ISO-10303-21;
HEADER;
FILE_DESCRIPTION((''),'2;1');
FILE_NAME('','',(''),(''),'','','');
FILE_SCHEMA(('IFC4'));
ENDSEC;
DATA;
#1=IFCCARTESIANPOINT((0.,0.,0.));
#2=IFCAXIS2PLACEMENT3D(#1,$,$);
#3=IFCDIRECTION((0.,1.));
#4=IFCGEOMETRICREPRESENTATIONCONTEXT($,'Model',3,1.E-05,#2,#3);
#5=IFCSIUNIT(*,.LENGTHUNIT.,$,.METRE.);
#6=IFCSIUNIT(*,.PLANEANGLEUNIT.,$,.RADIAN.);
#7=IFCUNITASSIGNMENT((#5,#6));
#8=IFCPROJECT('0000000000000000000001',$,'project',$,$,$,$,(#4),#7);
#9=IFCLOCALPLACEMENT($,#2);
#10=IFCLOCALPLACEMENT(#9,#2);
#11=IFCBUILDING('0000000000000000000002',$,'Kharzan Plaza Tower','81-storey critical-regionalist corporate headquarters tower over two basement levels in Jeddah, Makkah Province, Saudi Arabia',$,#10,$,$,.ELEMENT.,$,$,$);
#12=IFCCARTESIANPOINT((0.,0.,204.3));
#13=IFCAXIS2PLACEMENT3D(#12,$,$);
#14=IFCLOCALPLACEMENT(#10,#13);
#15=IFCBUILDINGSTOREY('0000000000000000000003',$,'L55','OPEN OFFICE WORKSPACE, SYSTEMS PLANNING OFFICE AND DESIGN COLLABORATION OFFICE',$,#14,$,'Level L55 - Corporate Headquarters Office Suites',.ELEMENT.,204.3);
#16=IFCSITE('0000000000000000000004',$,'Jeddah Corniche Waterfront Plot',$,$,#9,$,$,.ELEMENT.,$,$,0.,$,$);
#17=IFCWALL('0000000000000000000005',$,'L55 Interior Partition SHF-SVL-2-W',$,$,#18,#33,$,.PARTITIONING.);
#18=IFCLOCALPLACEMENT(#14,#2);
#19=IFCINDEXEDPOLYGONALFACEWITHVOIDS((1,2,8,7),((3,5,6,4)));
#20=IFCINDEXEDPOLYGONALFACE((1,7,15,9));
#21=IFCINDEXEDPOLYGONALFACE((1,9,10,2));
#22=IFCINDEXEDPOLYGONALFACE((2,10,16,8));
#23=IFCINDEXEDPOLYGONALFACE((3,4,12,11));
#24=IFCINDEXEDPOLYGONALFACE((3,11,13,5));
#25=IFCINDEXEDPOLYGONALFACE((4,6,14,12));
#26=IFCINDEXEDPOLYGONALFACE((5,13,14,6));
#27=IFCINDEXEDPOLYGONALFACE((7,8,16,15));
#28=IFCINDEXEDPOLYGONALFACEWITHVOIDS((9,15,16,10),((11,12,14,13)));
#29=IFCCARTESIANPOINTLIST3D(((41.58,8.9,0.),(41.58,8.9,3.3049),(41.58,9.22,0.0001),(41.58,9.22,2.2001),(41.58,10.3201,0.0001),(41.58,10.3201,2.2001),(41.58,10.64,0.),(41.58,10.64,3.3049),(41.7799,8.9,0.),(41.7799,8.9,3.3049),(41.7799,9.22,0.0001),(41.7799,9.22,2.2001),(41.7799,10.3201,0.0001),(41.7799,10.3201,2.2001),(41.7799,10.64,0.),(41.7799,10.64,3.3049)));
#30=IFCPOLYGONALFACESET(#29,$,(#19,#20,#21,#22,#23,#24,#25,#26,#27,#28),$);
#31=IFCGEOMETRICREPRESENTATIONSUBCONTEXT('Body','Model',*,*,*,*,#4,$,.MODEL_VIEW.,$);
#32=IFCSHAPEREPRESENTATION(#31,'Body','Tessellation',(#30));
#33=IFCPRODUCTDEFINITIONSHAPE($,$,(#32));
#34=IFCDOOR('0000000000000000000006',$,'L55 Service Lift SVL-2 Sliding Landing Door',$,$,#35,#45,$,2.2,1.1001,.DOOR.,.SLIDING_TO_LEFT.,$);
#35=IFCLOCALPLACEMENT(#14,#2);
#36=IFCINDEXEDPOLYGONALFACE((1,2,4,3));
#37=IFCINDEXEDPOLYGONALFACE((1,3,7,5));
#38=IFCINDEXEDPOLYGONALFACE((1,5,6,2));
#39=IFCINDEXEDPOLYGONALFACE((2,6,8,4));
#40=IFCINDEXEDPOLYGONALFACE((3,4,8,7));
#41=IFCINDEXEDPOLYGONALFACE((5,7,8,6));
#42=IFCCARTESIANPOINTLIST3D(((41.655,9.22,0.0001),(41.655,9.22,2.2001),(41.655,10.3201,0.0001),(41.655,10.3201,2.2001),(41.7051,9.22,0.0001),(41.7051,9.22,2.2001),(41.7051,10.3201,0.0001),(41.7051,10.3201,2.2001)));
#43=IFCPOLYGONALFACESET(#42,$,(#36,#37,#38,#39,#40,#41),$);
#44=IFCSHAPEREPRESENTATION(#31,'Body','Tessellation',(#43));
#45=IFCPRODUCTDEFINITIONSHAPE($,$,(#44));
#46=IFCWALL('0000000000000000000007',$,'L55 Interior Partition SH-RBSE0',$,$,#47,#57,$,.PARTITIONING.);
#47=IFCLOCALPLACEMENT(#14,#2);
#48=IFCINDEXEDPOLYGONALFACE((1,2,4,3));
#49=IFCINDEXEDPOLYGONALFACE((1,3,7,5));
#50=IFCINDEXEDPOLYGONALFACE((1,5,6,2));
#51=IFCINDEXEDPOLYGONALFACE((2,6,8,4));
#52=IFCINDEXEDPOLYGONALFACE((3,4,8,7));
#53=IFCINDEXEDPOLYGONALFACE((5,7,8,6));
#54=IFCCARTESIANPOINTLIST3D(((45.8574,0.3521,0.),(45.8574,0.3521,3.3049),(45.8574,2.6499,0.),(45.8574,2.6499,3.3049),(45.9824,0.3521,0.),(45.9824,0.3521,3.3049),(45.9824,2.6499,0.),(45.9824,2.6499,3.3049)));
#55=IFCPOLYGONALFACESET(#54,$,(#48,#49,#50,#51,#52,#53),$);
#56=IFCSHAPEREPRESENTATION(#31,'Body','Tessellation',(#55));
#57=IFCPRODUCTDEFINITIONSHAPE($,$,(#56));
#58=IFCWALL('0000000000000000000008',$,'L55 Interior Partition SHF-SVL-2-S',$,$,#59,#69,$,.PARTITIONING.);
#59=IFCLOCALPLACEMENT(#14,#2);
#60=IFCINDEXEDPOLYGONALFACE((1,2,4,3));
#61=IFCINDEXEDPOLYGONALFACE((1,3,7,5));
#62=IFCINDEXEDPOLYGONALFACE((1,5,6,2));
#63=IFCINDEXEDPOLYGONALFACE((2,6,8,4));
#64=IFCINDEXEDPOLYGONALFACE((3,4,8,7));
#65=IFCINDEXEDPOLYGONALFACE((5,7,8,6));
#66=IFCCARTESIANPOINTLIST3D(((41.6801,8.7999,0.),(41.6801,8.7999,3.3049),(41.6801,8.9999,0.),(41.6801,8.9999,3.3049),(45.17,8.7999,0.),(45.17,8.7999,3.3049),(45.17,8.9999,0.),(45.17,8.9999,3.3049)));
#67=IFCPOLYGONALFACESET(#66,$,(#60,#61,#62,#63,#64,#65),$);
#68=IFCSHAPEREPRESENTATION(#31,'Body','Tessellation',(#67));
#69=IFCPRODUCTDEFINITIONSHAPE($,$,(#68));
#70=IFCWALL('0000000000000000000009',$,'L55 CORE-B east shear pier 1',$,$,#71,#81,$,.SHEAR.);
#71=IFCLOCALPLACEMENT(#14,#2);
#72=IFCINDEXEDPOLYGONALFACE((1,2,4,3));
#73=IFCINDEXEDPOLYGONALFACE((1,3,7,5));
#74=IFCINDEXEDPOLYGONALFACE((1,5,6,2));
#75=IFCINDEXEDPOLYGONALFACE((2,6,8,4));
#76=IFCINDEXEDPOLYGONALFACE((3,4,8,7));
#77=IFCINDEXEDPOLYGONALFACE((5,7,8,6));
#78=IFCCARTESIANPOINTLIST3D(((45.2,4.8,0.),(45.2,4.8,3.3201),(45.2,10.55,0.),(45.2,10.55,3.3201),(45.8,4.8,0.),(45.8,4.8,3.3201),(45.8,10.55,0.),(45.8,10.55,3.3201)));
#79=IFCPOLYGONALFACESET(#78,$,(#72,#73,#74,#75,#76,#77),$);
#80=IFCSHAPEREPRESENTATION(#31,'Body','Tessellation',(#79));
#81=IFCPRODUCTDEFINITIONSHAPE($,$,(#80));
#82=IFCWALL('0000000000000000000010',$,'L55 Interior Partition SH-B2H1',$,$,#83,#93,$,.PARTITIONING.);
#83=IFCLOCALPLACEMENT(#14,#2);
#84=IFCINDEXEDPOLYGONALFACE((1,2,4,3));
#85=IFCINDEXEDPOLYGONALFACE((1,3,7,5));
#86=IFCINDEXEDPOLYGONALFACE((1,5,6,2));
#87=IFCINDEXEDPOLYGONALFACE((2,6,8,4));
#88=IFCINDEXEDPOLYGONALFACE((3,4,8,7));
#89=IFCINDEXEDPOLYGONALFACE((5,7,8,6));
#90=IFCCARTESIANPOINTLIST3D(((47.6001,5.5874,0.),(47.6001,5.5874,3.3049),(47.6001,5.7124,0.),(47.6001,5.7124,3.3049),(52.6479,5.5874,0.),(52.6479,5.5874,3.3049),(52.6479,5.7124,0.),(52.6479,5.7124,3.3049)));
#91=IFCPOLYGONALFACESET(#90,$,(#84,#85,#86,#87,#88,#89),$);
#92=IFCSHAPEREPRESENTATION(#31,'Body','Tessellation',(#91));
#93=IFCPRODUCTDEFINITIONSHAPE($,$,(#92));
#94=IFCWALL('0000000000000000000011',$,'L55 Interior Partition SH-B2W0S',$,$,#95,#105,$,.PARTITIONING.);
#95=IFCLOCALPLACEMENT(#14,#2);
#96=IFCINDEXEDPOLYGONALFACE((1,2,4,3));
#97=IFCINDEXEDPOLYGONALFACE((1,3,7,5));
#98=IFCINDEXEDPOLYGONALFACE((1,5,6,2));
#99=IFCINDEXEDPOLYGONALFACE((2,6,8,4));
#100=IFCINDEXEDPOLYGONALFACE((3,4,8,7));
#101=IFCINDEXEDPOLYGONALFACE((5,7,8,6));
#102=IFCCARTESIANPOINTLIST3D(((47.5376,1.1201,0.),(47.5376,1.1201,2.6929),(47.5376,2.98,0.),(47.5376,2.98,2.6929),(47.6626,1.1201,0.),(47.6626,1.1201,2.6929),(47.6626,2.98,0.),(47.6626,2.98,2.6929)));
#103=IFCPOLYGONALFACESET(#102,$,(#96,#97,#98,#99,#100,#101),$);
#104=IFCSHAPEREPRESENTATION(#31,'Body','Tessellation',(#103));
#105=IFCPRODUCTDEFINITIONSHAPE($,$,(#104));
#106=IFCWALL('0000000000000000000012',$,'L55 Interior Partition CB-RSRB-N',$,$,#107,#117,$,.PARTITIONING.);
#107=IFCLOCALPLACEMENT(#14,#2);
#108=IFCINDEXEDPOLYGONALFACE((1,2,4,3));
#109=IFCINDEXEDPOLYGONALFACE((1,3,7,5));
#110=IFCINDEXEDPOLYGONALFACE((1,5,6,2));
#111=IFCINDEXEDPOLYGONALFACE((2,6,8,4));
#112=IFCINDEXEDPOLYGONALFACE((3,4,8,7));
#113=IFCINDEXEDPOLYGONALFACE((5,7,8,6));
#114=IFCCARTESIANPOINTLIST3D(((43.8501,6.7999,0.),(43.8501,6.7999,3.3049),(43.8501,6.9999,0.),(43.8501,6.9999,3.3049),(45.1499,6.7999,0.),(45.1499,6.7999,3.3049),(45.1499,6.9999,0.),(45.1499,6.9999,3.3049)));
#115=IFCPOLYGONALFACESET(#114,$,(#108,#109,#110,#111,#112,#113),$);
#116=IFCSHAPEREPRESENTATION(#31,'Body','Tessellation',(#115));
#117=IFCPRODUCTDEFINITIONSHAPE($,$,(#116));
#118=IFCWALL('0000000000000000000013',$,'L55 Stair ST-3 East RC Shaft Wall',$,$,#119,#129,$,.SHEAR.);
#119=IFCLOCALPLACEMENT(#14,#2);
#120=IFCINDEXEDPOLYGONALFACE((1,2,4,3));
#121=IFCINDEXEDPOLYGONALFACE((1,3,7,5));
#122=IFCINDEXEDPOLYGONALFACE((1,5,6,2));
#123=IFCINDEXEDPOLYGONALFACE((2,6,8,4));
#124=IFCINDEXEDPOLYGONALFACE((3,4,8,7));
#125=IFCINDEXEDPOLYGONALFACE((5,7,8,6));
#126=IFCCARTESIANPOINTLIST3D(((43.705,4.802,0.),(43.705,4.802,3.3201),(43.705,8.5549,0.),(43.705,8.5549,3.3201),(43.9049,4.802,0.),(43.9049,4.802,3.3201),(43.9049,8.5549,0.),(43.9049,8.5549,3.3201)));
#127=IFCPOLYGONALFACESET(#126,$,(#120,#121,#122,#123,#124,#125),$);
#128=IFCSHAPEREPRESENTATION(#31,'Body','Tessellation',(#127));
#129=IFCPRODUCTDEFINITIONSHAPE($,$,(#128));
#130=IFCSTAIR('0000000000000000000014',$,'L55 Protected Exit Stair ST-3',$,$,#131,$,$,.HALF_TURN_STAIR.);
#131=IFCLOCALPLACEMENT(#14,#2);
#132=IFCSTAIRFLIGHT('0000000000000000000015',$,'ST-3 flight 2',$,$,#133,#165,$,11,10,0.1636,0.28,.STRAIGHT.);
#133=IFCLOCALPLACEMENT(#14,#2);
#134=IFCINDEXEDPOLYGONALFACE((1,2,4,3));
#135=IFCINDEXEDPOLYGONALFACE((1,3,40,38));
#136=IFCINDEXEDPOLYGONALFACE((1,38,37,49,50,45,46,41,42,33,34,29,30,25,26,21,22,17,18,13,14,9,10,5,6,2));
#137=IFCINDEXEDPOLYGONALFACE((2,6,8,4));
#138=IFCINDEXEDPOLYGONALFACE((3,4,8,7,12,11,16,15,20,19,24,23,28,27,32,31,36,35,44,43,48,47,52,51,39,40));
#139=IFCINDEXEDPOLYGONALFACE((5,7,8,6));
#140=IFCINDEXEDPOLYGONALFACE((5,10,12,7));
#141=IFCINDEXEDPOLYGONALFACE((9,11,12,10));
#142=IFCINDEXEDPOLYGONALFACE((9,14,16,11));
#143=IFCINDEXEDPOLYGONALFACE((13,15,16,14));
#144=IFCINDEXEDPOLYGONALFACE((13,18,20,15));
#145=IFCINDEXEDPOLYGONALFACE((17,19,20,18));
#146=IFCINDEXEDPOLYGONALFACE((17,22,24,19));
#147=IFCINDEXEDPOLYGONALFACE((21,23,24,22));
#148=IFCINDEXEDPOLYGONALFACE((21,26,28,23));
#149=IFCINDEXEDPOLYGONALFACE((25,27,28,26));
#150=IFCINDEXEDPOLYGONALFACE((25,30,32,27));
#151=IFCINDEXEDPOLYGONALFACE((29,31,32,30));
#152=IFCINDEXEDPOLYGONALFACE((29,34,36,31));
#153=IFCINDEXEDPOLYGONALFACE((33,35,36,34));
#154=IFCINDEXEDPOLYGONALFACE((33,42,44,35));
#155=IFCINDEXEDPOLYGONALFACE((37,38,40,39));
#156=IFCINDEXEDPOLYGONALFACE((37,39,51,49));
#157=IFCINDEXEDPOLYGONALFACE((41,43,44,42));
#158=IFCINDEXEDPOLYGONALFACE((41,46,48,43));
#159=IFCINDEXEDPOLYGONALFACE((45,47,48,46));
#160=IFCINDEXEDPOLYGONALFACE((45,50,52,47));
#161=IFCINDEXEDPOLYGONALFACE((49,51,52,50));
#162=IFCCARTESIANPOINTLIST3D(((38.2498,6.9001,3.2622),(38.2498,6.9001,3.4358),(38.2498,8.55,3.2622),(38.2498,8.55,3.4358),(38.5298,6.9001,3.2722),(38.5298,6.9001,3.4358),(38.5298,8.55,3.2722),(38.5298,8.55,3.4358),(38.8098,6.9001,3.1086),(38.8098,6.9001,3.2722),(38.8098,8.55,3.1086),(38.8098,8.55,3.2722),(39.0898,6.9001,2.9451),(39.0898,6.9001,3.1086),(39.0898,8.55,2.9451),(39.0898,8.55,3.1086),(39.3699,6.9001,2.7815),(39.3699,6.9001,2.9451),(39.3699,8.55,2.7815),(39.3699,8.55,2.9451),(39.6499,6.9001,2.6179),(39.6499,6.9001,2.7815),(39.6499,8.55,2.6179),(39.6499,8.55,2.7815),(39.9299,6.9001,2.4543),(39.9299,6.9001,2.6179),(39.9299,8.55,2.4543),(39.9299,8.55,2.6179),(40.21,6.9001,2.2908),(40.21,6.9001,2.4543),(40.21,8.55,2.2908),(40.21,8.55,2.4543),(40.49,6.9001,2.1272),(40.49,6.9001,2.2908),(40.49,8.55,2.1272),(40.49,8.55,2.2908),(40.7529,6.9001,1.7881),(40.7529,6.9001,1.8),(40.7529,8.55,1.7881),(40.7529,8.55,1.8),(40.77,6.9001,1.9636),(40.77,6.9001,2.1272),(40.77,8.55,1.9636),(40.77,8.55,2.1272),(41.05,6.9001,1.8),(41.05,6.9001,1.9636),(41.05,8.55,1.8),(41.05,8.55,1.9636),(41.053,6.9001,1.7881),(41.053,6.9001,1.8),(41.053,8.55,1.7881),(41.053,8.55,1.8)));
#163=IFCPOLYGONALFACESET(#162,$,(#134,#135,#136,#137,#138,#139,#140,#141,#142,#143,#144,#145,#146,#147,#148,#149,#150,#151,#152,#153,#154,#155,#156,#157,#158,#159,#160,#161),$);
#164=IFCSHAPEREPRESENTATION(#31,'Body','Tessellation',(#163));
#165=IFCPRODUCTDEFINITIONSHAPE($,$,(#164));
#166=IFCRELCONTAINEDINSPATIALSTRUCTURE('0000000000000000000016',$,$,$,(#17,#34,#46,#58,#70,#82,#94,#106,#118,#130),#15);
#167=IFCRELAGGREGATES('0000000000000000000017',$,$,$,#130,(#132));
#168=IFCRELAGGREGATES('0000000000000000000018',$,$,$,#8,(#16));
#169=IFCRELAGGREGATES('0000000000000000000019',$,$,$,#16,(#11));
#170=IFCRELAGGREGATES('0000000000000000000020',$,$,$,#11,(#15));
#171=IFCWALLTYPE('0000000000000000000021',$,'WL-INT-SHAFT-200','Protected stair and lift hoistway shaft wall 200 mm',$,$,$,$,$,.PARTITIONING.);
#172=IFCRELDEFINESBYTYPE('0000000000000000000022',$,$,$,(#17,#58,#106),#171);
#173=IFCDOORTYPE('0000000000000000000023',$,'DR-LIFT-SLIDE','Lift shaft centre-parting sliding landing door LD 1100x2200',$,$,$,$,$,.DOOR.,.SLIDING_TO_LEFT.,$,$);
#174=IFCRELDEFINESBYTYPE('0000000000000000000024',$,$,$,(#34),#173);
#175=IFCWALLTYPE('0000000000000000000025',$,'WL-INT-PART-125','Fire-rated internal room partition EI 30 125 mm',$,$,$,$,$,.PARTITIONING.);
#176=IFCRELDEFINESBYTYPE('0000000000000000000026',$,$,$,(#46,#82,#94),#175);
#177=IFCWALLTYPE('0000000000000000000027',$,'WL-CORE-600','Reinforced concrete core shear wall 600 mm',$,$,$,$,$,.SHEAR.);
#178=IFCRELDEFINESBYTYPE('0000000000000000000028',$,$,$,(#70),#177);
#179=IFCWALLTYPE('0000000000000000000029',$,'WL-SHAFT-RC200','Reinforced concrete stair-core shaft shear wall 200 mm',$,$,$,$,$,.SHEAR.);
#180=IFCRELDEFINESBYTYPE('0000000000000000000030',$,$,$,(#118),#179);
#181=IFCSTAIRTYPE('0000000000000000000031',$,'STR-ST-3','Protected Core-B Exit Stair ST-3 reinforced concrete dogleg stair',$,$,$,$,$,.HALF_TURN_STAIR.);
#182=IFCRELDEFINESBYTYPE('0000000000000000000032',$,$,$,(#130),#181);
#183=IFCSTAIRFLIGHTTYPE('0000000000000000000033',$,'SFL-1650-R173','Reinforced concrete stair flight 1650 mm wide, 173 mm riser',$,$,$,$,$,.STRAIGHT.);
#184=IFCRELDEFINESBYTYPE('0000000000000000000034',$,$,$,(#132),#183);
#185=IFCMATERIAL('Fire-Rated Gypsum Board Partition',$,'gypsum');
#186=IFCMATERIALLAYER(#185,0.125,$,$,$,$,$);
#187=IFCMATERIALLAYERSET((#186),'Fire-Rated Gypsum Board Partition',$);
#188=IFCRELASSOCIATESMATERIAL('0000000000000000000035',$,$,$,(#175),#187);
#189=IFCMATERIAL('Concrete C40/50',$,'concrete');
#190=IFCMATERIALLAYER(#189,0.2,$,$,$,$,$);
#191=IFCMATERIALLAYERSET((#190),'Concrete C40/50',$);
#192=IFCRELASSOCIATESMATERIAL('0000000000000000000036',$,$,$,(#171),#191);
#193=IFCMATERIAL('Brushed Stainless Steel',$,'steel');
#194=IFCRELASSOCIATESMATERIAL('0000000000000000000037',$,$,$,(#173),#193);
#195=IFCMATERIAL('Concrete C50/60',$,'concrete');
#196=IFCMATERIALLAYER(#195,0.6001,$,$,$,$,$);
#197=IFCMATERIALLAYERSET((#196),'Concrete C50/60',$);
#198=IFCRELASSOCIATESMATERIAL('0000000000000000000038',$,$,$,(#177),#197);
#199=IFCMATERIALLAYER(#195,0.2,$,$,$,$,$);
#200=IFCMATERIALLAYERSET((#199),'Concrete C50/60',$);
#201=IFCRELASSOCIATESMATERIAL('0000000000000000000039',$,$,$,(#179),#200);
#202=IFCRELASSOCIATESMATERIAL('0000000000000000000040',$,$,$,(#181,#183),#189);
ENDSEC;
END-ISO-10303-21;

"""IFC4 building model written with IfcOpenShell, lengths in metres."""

from ifc_helpers import new_model, si_unit, direction, frame, frame_2d, origin, place, context, subcontext, project, spatial, polyline, rectangle, outline, extrude, source, transform, mapped, material, layer, layer_set, type_object, element, fill, aggregate, save


model = new_model("IFC4")

# Units and contexts
model_context = context("Model", 3, precision=1e-05, world=origin(), true_north=direction((0.0, 1.0)))
body_context = subcontext(model_context, "Body", "Model", "MODEL_VIEW")
ifc_project = project(units=[si_unit("LENGTHUNIT", "METRE"), si_unit("PLANEANGLEUNIT", "RADIAN")], contexts=[model_context])

# Site, building, storey
site_placement = place(None, origin())
site = spatial("IfcSite", under=ifc_project, at=site_placement, Name="Jeddah Corniche Waterfront Plot", CompositionType="ELEMENT", RefElevation=0.0)
building_placement = place(site_placement, origin())
building = spatial("IfcBuilding", under=site, at=building_placement, Name="Kharzan Plaza Tower", Description="81-storey critical-regionalist corporate headquarters tower over two basement levels in Jeddah, Makkah Province, Saudi Arabia", CompositionType="ELEMENT")
storey_placement = place(building_placement, frame((0.0, 0.0, 204.3)))
storey = spatial("IfcBuildingStorey", under=building, at=storey_placement, Name="L55", Description="OPEN OFFICE WORKSPACE, SYSTEMS PLANNING OFFICE AND DESIGN COLLABORATION OFFICE", LongName="Level L55 - Corporate Headquarters Office Suites", CompositionType="ELEMENT", Elevation=204.3)

# Shared definitions
ifc_material_1 = material(Name="Concrete C50/60", Category="concrete")

# Wall, opening, door
ifc_material_2 = material(Name="Fire-Rated Gypsum Board Partition", Category="gypsum")
ifc_layer_1 = layer(ifc_material_2, 0.125)
ifc_layer_set_1 = layer_set([ifc_layer_1], Name="Fire-Rated Gypsum Board Partition")
wall_type_1 = type_object("IfcWallType", Name="WL-INT-PART-125", Description="Fire-rated internal room partition EI 30 125 mm", PredefinedType="PARTITIONING", material=ifc_layer_set_1)
ifc_material_3 = material(Name="Concrete C40/50", Category="concrete")
ifc_layer_2 = layer(ifc_material_3, 0.2)
ifc_layer_set_2 = layer_set([ifc_layer_2], Name="Concrete C40/50")
wall_type_2 = type_object("IfcWallType", Name="WL-INT-SHAFT-200", Description="Protected stair and lift hoistway shaft wall 200 mm", PredefinedType="PARTITIONING", material=ifc_layer_set_2)
wall_1_placement = place(storey_placement, frame((41.6799, 8.8999, 0.0), z_axis=(0.0, 0.0, 1.0), x_axis=(0.0, 1.0, 0.0)))
wall_1 = element("IfcWall", 1, at=wall_1_placement, inside=storey, type_object=wall_type_2, Name="L55 Interior Partition SHF-SVL-2-W", PredefinedType="PARTITIONING", context=body_context, shape_type="SweptSolid", body=[
    extrude(rectangle(XDim=1.74, YDim=0.2, at=frame_2d((0.8701, 0.0))), origin(), (0.0, 0.0, 1.0), 3.3049),
])
opening_1_placement = place(wall_1_placement, frame((0.3201, 0.0, 0.0)))
opening_1 = element("IfcOpeningElement", 2, at=opening_1_placement, cuts=wall_1, PredefinedType="OPENING", context=body_context, shape_type="SweptSolid", body=[
    extrude(rectangle(XDim=1.1001, YDim=2.2, at=frame_2d((0.55, 1.1001))), frame((0.0, 0.1099, 0.0), z_axis=(0.0, -1.0, 0.0), x_axis=(1.0, 0.0, 0.0)), (0.0, 0.0, 1.0), 0.22),
])
ifc_material_4 = material(Name="Brushed Stainless Steel", Category="steel")
door_type_1 = type_object("IfcDoorType", Name="DR-LIFT-SLIDE", Description="Lift shaft centre-parting sliding landing door LD 1100x2200", OperationType="SLIDING_TO_LEFT", PredefinedType="DOOR", material=ifc_material_4)
shared_shape_1 = source(origin(), body_context, "Body", "SweptSolid", [
    extrude(rectangle(XDim=1.1001, YDim=2.2, at=frame_2d((0.55, 1.1001))), frame((0.0, 0.0249, 0.0), z_axis=(0.0, -1.0, 0.0), x_axis=(1.0, 0.0, 0.0)), (0.0, 0.0, 1.0), 0.05),
])
door_1_placement = place(opening_1_placement, origin())
door_1 = element("IfcDoor", 3, at=door_1_placement, inside=storey, type_object=door_type_1, Name="L55 Service Lift SVL-2 Sliding Landing Door", OperationType="SLIDING_TO_LEFT", OverallHeight=2.2, OverallWidth=1.1001, PredefinedType="DOOR", context=body_context, shape_type="MappedRepresentation", body=[
    mapped(shared_shape_1, transform((0.0, 0.0, 0.0), x_axis=(1.0, 0.0, 0.0), y_axis=(0.0, 1.0, 0.0), z_axis=(0.0, 0.0, 1.0))),
])
fill(opening_1, door_1)

# Walls
shared_shape_2 = source(origin(), body_context, "Body", "SweptSolid", [
    extrude(rectangle(XDim=2.2979, YDim=0.125, at=frame_2d((1.1489, 0.0))), origin(), (0.0, 0.0, 1.0), 3.3049),
])
wall_2_placement = place(storey_placement, frame((45.9199, 0.3521, 0.0), z_axis=(0.0, 0.0, 1.0), x_axis=(0.0, 1.0, 0.0)))
element("IfcWall", 4, at=wall_2_placement, inside=storey, type_object=wall_type_1, Name="L55 Interior Partition SH-RBSE0", PredefinedType="PARTITIONING", context=body_context, shape_type="MappedRepresentation", body=[
    mapped(shared_shape_2, transform((0.0, 0.0, 0.0), x_axis=(1.0, 0.0, 0.0), y_axis=(0.0, 1.0, 0.0), z_axis=(0.0, 0.0, 1.0))),
])
shared_shape_3 = source(origin(), body_context, "Body", "SweptSolid", [
    extrude(rectangle(XDim=3.49, YDim=0.2, at=frame_2d((1.7451, 0.0))), origin(), (0.0, 0.0, 1.0), 3.3049),
])
wall_3_placement = place(storey_placement, frame((41.6799, 8.8999, 0.0), z_axis=(0.0, 0.0, 1.0), x_axis=(1.0, 0.0, 0.0)))
element("IfcWall", 5, at=wall_3_placement, inside=storey, type_object=wall_type_2, Name="L55 Interior Partition SHF-SVL-2-S", PredefinedType="PARTITIONING", context=body_context, shape_type="MappedRepresentation", body=[
    mapped(shared_shape_3, transform((0.0, 0.0, 0.0), x_axis=(1.0, 0.0, 0.0), y_axis=(0.0, 1.0, 0.0), z_axis=(0.0, 0.0, 1.0))),
])
ifc_layer_3 = layer(ifc_material_1, 0.6001)
ifc_layer_set_3 = layer_set([ifc_layer_3], Name="Concrete C50/60")
wall_type_3 = type_object("IfcWallType", Name="WL-CORE-600", Description="Reinforced concrete core shear wall 600 mm", PredefinedType="SHEAR", material=ifc_layer_set_3)
shared_shape_4 = source(origin(), body_context, "Body", "SweptSolid", [
    extrude(rectangle(XDim=5.75, YDim=0.6001, at=frame_2d((2.875, 0.0))), origin(), (0.0, 0.0, 1.0), 3.3201),
])
wall_4_placement = place(storey_placement, frame((45.5, 4.8, 0.0), z_axis=(0.0, 0.0, 1.0), x_axis=(0.0, 1.0, 0.0)))
element("IfcWall", 6, at=wall_4_placement, inside=storey, type_object=wall_type_3, Name="L55 CORE-B east shear pier 1", PredefinedType="SHEAR", context=body_context, shape_type="MappedRepresentation", body=[
    mapped(shared_shape_4, transform((0.0, 0.0, 0.0), x_axis=(1.0, 0.0, 0.0), y_axis=(0.0, 1.0, 0.0), z_axis=(0.0, 0.0, 1.0))),
])
shared_shape_5 = source(origin(), body_context, "Body", "SweptSolid", [
    extrude(rectangle(XDim=5.0479, YDim=0.125, at=frame_2d((2.5239, 0.0))), origin(), (0.0, 0.0, 1.0), 3.3049),
])
wall_5_placement = place(storey_placement, frame((47.6001, 5.6499, 0.0), z_axis=(0.0, 0.0, 1.0), x_axis=(1.0, 0.0, 0.0)))
element("IfcWall", 7, at=wall_5_placement, inside=storey, type_object=wall_type_1, Name="L55 Interior Partition SH-B2H1", PredefinedType="PARTITIONING", context=body_context, shape_type="MappedRepresentation", body=[
    mapped(shared_shape_5, transform((0.0, 0.0, 0.0), x_axis=(1.0, 0.0, 0.0), y_axis=(0.0, 1.0, 0.0), z_axis=(0.0, 0.0, 1.0))),
])
shared_shape_6 = source(origin(), body_context, "Body", "SweptSolid", [
    extrude(rectangle(XDim=1.8599, YDim=0.125, at=frame_2d((0.9299, 0.0))), origin(), (0.0, 0.0, 1.0), 2.6929),
])
wall_6_placement = place(storey_placement, frame((47.6001, 1.1201, 0.0), z_axis=(0.0, 0.0, 1.0), x_axis=(0.0, 1.0, 0.0)))
element("IfcWall", 8, at=wall_6_placement, inside=storey, type_object=wall_type_1, Name="L55 Interior Partition SH-B2W0S", PredefinedType="PARTITIONING", context=body_context, shape_type="MappedRepresentation", body=[
    mapped(shared_shape_6, transform((0.0, 0.0, 0.0), x_axis=(1.0, 0.0, 0.0), y_axis=(0.0, 1.0, 0.0), z_axis=(0.0, 0.0, 1.0))),
])
shared_shape_7 = source(origin(), body_context, "Body", "SweptSolid", [
    extrude(rectangle(XDim=1.2998, YDim=0.2, at=frame_2d((0.6499, 0.0))), origin(), (0.0, 0.0, 1.0), 3.3049),
])
wall_7_placement = place(storey_placement, frame((43.8501, 6.8999, 0.0), z_axis=(0.0, 0.0, 1.0), x_axis=(1.0, 0.0, 0.0)))
element("IfcWall", 9, at=wall_7_placement, inside=storey, type_object=wall_type_2, Name="L55 Interior Partition CB-RSRB-N", PredefinedType="PARTITIONING", context=body_context, shape_type="MappedRepresentation", body=[
    mapped(shared_shape_7, transform((0.0, 0.0, 0.0), x_axis=(1.0, 0.0, 0.0), y_axis=(0.0, 1.0, 0.0), z_axis=(0.0, 0.0, 1.0))),
])
ifc_layer_4 = layer(ifc_material_1, 0.2)
ifc_layer_set_4 = layer_set([ifc_layer_4], Name="Concrete C50/60")
wall_type_4 = type_object("IfcWallType", Name="WL-SHAFT-RC200", Description="Reinforced concrete stair-core shaft shear wall 200 mm", PredefinedType="SHEAR", material=ifc_layer_set_4)
shared_shape_8 = source(origin(), body_context, "Body", "SweptSolid", [
    extrude(rectangle(XDim=3.7529, YDim=0.2, at=frame_2d((1.8765, 0.0))), origin(), (0.0, 0.0, 1.0), 3.3201),
])
wall_8_placement = place(storey_placement, frame((43.8049, 4.802, 0.0), z_axis=(0.0, 0.0, 1.0), x_axis=(0.0, 1.0, 0.0)))
element("IfcWall", 10, at=wall_8_placement, inside=storey, type_object=wall_type_4, Name="L55 Stair ST-3 East RC Shaft Wall", PredefinedType="SHEAR", context=body_context, shape_type="MappedRepresentation", body=[
    mapped(shared_shape_8, transform((0.0, 0.0, 0.0), x_axis=(1.0, 0.0, 0.0), y_axis=(0.0, 1.0, 0.0), z_axis=(0.0, 0.0, 1.0))),
])

# Stair, stair flight
stair_type = type_object("IfcStairType", Name="STR-ST-3", Description="Protected Core-B Exit Stair ST-3 reinforced concrete dogleg stair", PredefinedType="HALF_TURN_STAIR", material=ifc_material_3)
stair_placement = place(storey_placement, origin())
stair = element("IfcStair", 11, at=stair_placement, inside=storey, type_object=stair_type, Name="L55 Protected Exit Stair ST-3", PredefinedType="HALF_TURN_STAIR")
stair_flight_type = type_object("IfcStairFlightType", Name="SFL-1650-R173", Description="Reinforced concrete stair flight 1650 mm wide, 173 mm riser", PredefinedType="STRAIGHT", material=ifc_material_3)
shared_shape_9 = source(origin(), body_context, "Body", "SweptSolid", [
    extrude(outline(polyline([(-0.0029, -0.012), (-0.0029, 0.0), (0.0, 0.0), (0.0, 0.1636), (0.28, 0.1636), (0.28, 0.3271), (0.5601, 0.3271), (0.5601, 0.4907), (0.8401, 0.4907), (0.8401, 0.6543), (1.1201, 0.6543), (1.1201, 0.8179), (1.4001, 0.8179), (1.4001, 0.9814), (1.6802, 0.9814), (1.6802, 1.145), (1.9602, 1.145), (1.9602, 1.3086), (2.2402, 1.3086), (2.2402, 1.4722), (2.5203, 1.4722), (2.5203, 1.6357), (2.8003, 1.6357), (2.8003, 1.7993), (2.8003, 1.4622), (0.2971, 0.0), (0.2971, -0.012), (-0.0029, -0.012)])), frame((0.0, 0.825, 0.0), z_axis=(0.0, -1.0, 0.0), x_axis=(1.0, 0.0, 0.0)), (0.0, 0.0, 1.0), 1.6499),
])
stair_flight_placement = place(storey_placement, frame((41.05, 7.7251, 1.8), z_axis=(0.0, 0.0, 1.0), x_axis=(-1.0, 0.0, 0.0)))
stair_flight = element("IfcStairFlight", 12, at=stair_flight_placement, type_object=stair_flight_type, Name="ST-3 flight 2", NumberOfRisers=11, NumberOfTreads=10, PredefinedType="STRAIGHT", RiserHeight=0.1636, TreadLength=0.28, context=body_context, shape_type="MappedRepresentation", body=[
    mapped(shared_shape_9, transform((0.0, 0.0, 0.0), x_axis=(1.0, 0.0, 0.0), y_axis=(0.0, 1.0, 0.0), z_axis=(0.0, 0.0, 1.0))),
])
aggregate(stair, [stair_flight])

save(model, "model.ifc")
